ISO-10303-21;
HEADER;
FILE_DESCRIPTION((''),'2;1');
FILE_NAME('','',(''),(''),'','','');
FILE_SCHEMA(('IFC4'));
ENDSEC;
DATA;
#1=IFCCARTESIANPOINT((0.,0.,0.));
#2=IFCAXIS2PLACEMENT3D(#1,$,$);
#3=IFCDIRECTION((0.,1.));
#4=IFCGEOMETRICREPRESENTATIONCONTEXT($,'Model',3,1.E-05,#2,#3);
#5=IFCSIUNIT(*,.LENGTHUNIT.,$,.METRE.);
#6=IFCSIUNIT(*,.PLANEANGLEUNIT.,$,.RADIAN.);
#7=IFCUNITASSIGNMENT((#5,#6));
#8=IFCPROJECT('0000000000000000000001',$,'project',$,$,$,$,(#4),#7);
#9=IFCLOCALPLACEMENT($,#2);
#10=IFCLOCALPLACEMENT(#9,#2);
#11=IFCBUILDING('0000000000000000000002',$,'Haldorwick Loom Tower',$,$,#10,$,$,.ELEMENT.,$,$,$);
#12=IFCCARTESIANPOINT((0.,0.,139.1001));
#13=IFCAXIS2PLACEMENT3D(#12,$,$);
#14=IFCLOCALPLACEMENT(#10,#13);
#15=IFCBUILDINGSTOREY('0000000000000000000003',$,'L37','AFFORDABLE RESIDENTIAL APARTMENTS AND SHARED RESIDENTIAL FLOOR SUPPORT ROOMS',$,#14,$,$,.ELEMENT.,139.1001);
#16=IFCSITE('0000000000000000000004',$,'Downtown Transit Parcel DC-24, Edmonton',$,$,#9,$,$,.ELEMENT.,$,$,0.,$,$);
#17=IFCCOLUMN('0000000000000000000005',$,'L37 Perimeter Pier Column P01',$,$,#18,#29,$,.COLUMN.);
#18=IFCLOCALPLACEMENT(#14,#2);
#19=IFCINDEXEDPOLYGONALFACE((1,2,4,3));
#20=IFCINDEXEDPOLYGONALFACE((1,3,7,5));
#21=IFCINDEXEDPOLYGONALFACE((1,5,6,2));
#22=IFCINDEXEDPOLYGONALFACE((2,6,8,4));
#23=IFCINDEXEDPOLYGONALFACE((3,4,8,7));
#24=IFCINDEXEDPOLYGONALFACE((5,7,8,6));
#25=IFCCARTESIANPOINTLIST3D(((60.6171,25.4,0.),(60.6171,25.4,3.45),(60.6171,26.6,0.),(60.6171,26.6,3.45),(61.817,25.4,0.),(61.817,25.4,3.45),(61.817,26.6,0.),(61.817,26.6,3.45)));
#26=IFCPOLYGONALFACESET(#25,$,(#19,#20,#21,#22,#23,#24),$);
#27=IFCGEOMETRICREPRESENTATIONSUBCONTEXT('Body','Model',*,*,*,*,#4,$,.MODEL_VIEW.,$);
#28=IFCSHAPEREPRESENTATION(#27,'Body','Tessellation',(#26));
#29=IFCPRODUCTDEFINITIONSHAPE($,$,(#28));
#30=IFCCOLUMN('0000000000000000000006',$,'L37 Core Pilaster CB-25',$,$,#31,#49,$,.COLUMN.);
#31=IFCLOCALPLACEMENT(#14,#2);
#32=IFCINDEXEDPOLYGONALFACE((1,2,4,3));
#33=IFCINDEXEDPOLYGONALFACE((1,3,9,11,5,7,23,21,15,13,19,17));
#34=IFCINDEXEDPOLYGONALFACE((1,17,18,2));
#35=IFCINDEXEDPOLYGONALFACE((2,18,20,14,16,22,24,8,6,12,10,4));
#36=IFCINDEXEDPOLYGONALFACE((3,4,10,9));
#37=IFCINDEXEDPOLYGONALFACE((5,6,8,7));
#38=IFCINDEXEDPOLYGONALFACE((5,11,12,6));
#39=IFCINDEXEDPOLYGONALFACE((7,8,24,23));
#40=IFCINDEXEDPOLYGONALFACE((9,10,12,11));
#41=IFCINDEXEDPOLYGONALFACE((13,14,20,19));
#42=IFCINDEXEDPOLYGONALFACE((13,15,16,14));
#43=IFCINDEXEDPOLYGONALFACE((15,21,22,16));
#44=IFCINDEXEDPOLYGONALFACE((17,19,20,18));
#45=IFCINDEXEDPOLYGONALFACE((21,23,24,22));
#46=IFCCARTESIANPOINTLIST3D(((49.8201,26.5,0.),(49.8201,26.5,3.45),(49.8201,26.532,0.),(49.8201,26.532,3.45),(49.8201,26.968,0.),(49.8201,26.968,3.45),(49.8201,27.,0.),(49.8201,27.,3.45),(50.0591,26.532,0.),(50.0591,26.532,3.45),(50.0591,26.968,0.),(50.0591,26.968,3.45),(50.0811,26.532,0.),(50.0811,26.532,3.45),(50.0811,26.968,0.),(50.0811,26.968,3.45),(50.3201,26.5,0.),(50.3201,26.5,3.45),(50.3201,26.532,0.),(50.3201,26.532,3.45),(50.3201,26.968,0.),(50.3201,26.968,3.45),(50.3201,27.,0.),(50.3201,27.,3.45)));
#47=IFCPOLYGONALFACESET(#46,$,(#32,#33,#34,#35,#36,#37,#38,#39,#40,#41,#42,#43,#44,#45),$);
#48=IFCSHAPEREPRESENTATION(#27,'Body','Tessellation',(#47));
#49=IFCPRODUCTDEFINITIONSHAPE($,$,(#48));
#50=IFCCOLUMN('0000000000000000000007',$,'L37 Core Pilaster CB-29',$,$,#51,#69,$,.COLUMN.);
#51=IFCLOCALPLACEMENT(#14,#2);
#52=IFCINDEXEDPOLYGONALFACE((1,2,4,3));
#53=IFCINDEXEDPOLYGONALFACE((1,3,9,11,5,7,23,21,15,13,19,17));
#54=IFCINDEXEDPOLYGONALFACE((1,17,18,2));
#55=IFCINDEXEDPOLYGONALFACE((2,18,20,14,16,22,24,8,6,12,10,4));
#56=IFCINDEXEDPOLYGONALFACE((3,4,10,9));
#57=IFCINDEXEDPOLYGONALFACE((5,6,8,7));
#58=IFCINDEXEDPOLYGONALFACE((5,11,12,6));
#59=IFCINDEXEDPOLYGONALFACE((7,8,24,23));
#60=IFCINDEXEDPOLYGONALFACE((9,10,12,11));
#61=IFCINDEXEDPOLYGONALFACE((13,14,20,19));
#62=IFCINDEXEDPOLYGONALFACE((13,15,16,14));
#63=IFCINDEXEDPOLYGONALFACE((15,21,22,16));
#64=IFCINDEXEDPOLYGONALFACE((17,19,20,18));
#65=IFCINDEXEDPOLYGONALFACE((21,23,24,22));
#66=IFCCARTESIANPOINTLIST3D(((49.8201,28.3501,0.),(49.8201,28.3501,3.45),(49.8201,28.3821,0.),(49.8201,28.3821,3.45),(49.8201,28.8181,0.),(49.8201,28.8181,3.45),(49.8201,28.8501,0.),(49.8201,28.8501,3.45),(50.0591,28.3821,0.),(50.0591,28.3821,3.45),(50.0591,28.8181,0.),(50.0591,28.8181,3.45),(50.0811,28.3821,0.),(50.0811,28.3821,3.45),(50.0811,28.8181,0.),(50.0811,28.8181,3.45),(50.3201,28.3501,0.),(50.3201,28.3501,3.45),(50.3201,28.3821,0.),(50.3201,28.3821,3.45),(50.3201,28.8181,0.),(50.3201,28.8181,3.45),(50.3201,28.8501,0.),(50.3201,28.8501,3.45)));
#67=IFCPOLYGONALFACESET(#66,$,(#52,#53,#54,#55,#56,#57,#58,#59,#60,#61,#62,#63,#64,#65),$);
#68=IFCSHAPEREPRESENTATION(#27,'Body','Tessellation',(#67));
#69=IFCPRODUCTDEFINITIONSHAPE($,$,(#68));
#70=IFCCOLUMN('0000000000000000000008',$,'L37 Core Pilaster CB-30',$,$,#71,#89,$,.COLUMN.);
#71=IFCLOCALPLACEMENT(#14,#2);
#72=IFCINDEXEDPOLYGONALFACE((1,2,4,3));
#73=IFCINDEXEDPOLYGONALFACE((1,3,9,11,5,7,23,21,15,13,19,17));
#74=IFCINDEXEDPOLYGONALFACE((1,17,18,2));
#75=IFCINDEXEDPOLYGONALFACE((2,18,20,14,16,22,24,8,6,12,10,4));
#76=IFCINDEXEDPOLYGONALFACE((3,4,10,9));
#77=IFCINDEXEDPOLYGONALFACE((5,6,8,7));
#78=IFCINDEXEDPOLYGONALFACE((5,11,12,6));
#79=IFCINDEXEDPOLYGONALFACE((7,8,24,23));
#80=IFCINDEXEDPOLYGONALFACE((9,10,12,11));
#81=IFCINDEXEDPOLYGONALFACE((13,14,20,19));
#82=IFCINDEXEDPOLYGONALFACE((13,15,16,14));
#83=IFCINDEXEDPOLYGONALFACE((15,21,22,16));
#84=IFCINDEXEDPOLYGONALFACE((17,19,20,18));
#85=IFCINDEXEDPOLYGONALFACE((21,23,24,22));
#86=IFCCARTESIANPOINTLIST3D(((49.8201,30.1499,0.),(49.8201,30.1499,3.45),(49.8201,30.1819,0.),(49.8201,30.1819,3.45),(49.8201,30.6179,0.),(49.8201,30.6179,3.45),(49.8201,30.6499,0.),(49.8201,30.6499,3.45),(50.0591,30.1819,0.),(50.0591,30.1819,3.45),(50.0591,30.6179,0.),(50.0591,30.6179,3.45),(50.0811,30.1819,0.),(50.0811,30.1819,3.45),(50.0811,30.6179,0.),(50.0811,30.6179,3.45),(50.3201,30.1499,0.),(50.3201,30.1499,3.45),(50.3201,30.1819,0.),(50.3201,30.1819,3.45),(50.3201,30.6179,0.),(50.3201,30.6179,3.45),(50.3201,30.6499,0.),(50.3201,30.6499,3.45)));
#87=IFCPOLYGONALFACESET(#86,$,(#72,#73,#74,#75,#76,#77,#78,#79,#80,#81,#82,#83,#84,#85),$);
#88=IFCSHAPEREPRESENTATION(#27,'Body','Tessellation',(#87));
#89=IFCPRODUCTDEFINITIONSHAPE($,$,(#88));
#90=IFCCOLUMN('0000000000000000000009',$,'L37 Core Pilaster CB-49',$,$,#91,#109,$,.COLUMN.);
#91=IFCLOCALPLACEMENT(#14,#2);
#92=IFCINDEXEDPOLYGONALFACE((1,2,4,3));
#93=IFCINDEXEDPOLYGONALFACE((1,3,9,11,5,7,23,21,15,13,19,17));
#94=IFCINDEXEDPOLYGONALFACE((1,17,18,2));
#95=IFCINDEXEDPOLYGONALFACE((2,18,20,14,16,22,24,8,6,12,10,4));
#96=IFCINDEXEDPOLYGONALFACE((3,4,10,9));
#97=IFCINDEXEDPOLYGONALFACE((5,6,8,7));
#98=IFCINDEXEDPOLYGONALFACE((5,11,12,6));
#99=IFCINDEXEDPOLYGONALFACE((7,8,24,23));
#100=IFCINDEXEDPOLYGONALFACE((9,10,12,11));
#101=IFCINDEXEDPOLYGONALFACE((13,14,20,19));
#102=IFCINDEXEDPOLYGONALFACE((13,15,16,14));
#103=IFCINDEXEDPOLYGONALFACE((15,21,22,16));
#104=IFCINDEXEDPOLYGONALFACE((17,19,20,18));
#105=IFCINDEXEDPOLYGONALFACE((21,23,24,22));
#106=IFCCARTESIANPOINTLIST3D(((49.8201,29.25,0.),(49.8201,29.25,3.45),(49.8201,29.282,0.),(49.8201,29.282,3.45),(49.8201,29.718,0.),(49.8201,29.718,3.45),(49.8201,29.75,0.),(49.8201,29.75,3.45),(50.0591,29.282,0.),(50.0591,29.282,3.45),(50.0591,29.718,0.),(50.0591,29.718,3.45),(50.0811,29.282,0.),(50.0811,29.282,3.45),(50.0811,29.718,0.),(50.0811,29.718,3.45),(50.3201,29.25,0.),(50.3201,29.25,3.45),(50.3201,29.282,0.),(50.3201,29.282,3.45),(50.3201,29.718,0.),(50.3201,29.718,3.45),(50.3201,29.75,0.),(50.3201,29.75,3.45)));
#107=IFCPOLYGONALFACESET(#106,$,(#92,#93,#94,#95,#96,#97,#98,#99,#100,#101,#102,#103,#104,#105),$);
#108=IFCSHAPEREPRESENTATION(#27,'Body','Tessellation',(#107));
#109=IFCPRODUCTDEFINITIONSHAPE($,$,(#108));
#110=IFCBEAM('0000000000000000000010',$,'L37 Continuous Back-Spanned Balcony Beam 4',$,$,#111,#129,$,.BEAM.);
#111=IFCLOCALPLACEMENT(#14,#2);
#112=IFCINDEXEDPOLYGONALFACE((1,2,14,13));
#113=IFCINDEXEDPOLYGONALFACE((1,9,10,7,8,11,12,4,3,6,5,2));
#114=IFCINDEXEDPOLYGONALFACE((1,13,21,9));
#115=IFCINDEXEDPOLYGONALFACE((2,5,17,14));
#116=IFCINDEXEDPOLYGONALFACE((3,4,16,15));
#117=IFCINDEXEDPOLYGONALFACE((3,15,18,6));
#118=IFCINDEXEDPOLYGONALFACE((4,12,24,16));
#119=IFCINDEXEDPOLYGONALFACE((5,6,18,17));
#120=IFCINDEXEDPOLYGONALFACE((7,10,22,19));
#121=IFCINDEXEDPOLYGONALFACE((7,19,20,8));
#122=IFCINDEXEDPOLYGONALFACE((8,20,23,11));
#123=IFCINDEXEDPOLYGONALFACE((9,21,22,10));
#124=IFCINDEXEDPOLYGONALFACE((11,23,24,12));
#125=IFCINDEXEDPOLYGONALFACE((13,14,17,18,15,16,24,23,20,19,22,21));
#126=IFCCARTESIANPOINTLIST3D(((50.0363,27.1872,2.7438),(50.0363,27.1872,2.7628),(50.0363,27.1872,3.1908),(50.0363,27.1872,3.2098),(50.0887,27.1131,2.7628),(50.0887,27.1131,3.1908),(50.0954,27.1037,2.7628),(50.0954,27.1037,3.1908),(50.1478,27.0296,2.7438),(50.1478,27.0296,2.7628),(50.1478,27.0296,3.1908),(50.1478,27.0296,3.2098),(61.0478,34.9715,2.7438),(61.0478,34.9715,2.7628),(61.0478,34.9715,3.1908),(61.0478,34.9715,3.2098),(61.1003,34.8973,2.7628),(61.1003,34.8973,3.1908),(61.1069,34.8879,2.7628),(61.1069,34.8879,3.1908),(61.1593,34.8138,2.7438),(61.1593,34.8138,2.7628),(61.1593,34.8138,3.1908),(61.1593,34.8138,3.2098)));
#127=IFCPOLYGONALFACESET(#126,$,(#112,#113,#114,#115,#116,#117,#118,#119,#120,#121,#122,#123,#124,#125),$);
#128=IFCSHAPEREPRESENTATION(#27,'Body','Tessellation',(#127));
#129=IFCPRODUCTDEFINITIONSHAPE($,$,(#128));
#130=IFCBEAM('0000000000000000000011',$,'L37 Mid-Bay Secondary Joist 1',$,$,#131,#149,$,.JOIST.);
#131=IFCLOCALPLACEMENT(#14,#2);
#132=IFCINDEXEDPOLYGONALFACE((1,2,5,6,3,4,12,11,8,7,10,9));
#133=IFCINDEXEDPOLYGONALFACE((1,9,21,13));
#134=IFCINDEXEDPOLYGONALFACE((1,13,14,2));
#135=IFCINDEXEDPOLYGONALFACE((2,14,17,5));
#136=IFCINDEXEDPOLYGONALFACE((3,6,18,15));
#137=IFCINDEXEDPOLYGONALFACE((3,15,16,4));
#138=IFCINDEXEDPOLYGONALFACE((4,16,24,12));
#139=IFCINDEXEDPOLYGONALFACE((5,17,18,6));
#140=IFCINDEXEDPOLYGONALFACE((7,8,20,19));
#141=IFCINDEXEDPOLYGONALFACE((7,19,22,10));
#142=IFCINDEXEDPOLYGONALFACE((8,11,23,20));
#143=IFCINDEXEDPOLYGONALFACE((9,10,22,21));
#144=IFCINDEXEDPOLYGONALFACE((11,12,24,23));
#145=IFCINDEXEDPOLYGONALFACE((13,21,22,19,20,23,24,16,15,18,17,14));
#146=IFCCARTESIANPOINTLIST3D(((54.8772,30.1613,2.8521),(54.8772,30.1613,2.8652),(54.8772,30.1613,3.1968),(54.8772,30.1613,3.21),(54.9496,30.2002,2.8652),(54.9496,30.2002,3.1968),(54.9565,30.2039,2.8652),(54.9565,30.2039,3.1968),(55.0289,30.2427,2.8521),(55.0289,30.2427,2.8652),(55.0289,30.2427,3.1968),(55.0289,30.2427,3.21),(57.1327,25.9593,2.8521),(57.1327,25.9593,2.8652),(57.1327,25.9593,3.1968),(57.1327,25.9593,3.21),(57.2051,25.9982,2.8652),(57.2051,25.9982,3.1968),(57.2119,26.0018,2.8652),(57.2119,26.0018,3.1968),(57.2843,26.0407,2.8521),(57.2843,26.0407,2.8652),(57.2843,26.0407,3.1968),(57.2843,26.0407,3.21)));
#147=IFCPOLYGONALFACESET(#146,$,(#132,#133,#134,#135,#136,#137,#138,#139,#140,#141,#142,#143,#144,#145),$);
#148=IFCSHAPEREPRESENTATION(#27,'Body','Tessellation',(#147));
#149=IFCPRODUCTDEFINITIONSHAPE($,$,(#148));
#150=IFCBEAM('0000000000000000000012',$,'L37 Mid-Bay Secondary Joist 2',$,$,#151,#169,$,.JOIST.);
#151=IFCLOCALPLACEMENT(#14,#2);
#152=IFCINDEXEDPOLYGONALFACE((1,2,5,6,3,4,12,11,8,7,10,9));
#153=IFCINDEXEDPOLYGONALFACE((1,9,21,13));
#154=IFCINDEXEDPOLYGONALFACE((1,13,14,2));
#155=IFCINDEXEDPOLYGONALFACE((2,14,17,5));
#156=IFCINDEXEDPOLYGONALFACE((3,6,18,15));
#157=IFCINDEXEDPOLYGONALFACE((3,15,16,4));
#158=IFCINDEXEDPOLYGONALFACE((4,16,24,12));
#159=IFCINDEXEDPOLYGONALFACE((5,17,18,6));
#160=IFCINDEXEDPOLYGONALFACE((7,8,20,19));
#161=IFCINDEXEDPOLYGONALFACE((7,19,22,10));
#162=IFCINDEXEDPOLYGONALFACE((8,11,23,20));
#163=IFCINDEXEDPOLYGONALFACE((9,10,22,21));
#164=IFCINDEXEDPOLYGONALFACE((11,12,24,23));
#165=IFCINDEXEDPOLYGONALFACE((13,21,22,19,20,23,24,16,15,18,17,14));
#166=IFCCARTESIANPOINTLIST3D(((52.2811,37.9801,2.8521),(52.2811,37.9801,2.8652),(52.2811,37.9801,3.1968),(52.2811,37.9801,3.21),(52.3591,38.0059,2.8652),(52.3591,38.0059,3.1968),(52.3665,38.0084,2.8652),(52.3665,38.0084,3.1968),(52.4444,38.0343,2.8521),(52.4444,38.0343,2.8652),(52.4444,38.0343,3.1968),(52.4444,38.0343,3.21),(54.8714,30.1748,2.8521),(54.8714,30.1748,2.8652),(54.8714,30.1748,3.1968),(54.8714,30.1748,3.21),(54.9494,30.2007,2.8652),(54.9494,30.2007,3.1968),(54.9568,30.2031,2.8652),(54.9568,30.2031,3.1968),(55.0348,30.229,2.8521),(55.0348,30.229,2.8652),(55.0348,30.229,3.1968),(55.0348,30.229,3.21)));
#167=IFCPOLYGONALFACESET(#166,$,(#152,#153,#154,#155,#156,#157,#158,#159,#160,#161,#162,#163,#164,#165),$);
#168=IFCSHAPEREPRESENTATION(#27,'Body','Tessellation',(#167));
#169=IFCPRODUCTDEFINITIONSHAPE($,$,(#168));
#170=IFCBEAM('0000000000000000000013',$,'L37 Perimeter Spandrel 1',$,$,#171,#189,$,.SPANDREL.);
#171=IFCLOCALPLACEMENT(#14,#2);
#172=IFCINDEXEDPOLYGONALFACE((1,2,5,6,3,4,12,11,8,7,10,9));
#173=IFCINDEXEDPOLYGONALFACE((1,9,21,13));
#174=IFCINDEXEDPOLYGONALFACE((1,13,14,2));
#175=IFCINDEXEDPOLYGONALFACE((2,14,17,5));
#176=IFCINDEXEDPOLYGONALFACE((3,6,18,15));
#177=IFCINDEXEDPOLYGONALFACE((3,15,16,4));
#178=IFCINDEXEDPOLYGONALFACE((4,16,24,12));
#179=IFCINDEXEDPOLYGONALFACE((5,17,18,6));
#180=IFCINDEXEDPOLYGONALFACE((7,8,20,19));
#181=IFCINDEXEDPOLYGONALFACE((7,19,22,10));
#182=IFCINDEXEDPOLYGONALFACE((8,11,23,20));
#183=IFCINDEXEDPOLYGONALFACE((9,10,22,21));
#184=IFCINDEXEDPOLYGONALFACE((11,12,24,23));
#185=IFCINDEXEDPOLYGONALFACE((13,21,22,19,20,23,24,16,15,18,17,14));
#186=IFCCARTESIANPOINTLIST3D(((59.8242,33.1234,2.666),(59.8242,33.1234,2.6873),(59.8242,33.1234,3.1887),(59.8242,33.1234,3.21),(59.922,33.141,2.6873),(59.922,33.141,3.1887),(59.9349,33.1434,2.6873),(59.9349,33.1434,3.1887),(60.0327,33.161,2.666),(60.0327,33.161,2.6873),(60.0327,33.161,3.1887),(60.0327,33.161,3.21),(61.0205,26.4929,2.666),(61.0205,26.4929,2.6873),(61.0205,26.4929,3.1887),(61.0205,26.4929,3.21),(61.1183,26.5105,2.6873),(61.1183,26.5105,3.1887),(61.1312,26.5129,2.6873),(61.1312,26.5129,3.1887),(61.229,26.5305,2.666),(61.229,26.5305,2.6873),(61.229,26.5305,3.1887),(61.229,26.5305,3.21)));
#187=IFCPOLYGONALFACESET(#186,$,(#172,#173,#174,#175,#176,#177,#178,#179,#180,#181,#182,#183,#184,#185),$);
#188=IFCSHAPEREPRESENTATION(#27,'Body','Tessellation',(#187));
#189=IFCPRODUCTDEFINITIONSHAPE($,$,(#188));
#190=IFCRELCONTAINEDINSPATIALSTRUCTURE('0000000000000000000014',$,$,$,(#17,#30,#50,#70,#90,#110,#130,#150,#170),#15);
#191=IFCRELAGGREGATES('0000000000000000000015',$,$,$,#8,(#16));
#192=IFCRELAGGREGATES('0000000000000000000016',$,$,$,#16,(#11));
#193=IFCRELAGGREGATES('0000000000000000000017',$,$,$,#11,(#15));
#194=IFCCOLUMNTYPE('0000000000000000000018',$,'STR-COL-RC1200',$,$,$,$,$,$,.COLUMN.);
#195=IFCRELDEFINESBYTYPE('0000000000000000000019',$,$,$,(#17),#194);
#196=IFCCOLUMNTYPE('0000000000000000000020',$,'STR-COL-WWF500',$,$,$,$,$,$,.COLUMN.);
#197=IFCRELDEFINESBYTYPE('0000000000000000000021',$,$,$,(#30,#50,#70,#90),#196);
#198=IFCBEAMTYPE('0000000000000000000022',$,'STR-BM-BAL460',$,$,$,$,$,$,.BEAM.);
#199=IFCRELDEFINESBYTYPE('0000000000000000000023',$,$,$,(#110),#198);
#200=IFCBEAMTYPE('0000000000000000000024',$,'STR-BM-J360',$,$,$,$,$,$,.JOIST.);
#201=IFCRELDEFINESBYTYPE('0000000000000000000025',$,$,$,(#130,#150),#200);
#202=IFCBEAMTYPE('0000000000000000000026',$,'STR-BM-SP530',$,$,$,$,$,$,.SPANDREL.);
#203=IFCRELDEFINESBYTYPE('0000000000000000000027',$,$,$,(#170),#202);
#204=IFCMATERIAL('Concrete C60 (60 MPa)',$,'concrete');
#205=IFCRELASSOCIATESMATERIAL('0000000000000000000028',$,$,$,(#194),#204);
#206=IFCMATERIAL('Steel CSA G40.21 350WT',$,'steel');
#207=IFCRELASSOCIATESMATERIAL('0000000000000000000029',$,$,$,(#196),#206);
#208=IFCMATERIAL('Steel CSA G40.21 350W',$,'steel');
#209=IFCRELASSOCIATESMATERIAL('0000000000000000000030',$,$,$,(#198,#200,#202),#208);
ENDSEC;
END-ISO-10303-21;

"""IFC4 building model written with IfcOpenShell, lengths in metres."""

from ifc_helpers import new_model, si_unit, direction, frame, origin, origin_2d, place, context, subcontext, project, spatial, rectangle, i_section, extrude, material, material_profile, profile_set, type_object, element, save


model = new_model("IFC4")

# Units and contexts
model_context = context("Model", 3, precision=1e-05, world=origin(), true_north=direction((0.0, 1.0)))
body_context = subcontext(model_context, "Body", "Model", "MODEL_VIEW")
ifc_project = project(units=[si_unit("LENGTHUNIT", "METRE"), si_unit("PLANEANGLEUNIT", "RADIAN")], contexts=[model_context])

# Site, building, storey
site_placement = place(None, origin())
site = spatial("IfcSite", under=ifc_project, at=site_placement, Name="Downtown Transit Parcel DC-24, Edmonton", CompositionType="ELEMENT", RefElevation=0.0)
building_placement = place(site_placement, origin())
building = spatial("IfcBuilding", under=site, at=building_placement, Name="Haldorwick Loom Tower", CompositionType="ELEMENT")
storey_placement = place(building_placement, frame((0.0, 0.0, 139.1001)))
storey = spatial("IfcBuildingStorey", under=building, at=storey_placement, Name="L37", Description="AFFORDABLE RESIDENTIAL APARTMENTS AND SHARED RESIDENTIAL FLOOR SUPPORT ROOMS", CompositionType="ELEMENT", Elevation=139.1001)

# Columns
ifc_material_1 = material(Name="Concrete C60 (60 MPa)", Category="concrete")
ifc_material_profile_1 = material_profile(ifc_material_1, rectangle(XDim=1.2, YDim=1.2, at=origin_2d()), Name="RC1200X1200", Category="concrete")
ifc_profile_set_1 = profile_set([ifc_material_profile_1], Name="Concrete C60 (60 MPa)")
column_type_1 = type_object("IfcColumnType", Name="STR-COL-RC1200", PredefinedType="COLUMN", material=ifc_profile_set_1)
column_placement = place(storey_placement, frame((61.217, 26.0, 0.0), z_axis=(0.0, 0.0, 1.0), x_axis=(1.0, 0.0, 0.0)))
element("IfcColumn", 1, at=column_placement, inside=storey, type_object=column_type_1, Name="L37 Perimeter Pier Column P01", PredefinedType="COLUMN", context=body_context, shape_type="SweptSolid", body=[
    extrude(rectangle(XDim=1.2, YDim=1.2, at=origin_2d()), origin(), (0.0, 0.0, 1.0), 3.45),
])
ifc_material_2 = material(Name="Steel CSA G40.21 350WT", Category="steel")
ifc_material_profile_2 = material_profile(ifc_material_2, i_section(OverallWidth=0.5, OverallDepth=0.5, WebThickness=0.022, FlangeThickness=0.032, at=origin_2d()), Name="WWF500X500", Category="steel")
ifc_profile_set_2 = profile_set([ifc_material_profile_2], Name="Steel CSA G40.21 350WT")
column_type_2 = type_object("IfcColumnType", Name="STR-COL-WWF500", PredefinedType="COLUMN", material=ifc_profile_set_2)
for number, where, z_axis, x_axis, name in (
    (2, (50.0701, 26.75, 0.0), (0.0, 0.0, 1.0), (1.0, 0.0, 0.0), "L37 Core Pilaster CB-25"),
    (3, (50.0701, 28.6001, 0.0), (0.0, 0.0, 1.0), (1.0, 0.0, 0.0), "L37 Core Pilaster CB-29"),
    (4, (50.0701, 30.3999, 0.0), (0.0, 0.0, 1.0), (1.0, 0.0, 0.0), "L37 Core Pilaster CB-30"),
    (5, (50.0701, 29.5, 0.0), (0.0, 0.0, 1.0), (1.0, 0.0, 0.0), "L37 Core Pilaster CB-49"),
):
    element("IfcColumn", number, at=place(storey_placement, frame(where, z_axis=z_axis, x_axis=x_axis)), inside=storey, type_object=column_type_2, Name=name, PredefinedType="COLUMN", context=body_context, shape_type="SweptSolid", body=[
        extrude(i_section(OverallWidth=0.5, OverallDepth=0.5, WebThickness=0.022, FlangeThickness=0.032, at=origin_2d()), origin(), (0.0, 0.0, 1.0), 3.45),
    ])

# Beams
ifc_material_3 = material(Name="Steel CSA G40.21 350W", Category="steel")
ifc_material_profile_3 = material_profile(ifc_material_3, i_section(OverallWidth=0.1931, OverallDepth=0.4661, WebThickness=0.0115, FlangeThickness=0.019, at=origin_2d()), Name="W460X97", Category="steel")
ifc_profile_set_3 = profile_set([ifc_material_profile_3], Name="Steel CSA G40.21 350W")
beam_type_1 = type_object("IfcBeamType", Name="STR-BM-BAL460", PredefinedType="BEAM", material=ifc_profile_set_3)
beam_1_placement = place(storey_placement, frame((50.092, 27.1084, 2.9768), z_axis=(0.81657, 0.577246, 0.0), x_axis=(-0.577246, 0.81657, 0.0)))
element("IfcBeam", 6, at=beam_1_placement, inside=storey, type_object=beam_type_1, Name="L37 Continuous Back-Spanned Balcony Beam 4", PredefinedType="BEAM", context=body_context, shape_type="SweptSolid", body=[
    extrude(i_section(OverallWidth=0.1931, OverallDepth=0.4661, WebThickness=0.0115, FlangeThickness=0.019, at=origin_2d()), origin(), (0.0, 0.0, 1.0), 13.4851),
])
ifc_material_profile_4 = material_profile(ifc_material_3, i_section(OverallWidth=0.1721, OverallDepth=0.3579, WebThickness=0.0078, FlangeThickness=0.0132, at=origin_2d()), Name="W360X57", Category="steel")
ifc_profile_set_4 = profile_set([ifc_material_profile_4], Name="Steel CSA G40.21 350W")
beam_type_2 = type_object("IfcBeamType", Name="STR-BM-J360", PredefinedType="JOIST", material=ifc_profile_set_4)
beam_2_placement = place(storey_placement, frame((57.2085, 26.0, 3.031), z_axis=(-0.47293, 0.8811, 0.0), x_axis=(-0.8811, -0.47293, 0.0)))
element("IfcBeam", 7, at=beam_2_placement, inside=storey, type_object=beam_type_2, Name="L37 Mid-Bay Secondary Joist 1", PredefinedType="JOIST", context=body_context, shape_type="SweptSolid", body=[
    extrude(i_section(OverallWidth=0.1721, OverallDepth=0.3579, WebThickness=0.0078, FlangeThickness=0.0132, at=origin_2d()), origin(), (0.0, 0.0, 1.0), 4.769),
])
beam_3_placement = place(storey_placement, frame((54.9531, 30.2019, 3.031), z_axis=(-0.314981, 0.949098, 0.0), x_axis=(-0.949098, -0.314981, 0.0)))
element("IfcBeam", 8, at=beam_3_placement, inside=storey, type_object=beam_type_2, Name="L37 Mid-Bay Secondary Joist 2", PredefinedType="JOIST", context=body_context, shape_type="SweptSolid", body=[
    extrude(i_section(OverallWidth=0.1721, OverallDepth=0.3579, WebThickness=0.0078, FlangeThickness=0.0132, at=origin_2d()), origin(), (0.0, 0.0, 1.0), 8.2239),
])
ifc_material_profile_5 = material_profile(ifc_material_3, i_section(OverallWidth=0.2119, OverallDepth=0.5439, WebThickness=0.0132, FlangeThickness=0.0212, at=origin_2d()), Name="W530X123", Category="steel")
ifc_profile_set_5 = profile_set([ifc_material_profile_5], Name="Steel CSA G40.21 350W")
beam_type_3 = type_object("IfcBeamType", Name="STR-BM-SP530", PredefinedType="SPANDREL", material=ifc_profile_set_5)
beam_4_placement = place(storey_placement, frame((61.1248, 26.5117, 2.938), z_axis=(-0.177559, 0.98411, 0.0), x_axis=(-0.98411, -0.177559, 0.0)))
element("IfcBeam", 9, at=beam_4_placement, inside=storey, type_object=beam_type_3, Name="L37 Perimeter Spandrel 1", PredefinedType="SPANDREL", context=body_context, shape_type="SweptSolid", body=[
    extrude(i_section(OverallWidth=0.2119, OverallDepth=0.5439, WebThickness=0.0132, FlangeThickness=0.0212, at=origin_2d()), origin(), (0.0, 0.0, 1.0), 6.7375),
])

save(model, "model.ifc")
